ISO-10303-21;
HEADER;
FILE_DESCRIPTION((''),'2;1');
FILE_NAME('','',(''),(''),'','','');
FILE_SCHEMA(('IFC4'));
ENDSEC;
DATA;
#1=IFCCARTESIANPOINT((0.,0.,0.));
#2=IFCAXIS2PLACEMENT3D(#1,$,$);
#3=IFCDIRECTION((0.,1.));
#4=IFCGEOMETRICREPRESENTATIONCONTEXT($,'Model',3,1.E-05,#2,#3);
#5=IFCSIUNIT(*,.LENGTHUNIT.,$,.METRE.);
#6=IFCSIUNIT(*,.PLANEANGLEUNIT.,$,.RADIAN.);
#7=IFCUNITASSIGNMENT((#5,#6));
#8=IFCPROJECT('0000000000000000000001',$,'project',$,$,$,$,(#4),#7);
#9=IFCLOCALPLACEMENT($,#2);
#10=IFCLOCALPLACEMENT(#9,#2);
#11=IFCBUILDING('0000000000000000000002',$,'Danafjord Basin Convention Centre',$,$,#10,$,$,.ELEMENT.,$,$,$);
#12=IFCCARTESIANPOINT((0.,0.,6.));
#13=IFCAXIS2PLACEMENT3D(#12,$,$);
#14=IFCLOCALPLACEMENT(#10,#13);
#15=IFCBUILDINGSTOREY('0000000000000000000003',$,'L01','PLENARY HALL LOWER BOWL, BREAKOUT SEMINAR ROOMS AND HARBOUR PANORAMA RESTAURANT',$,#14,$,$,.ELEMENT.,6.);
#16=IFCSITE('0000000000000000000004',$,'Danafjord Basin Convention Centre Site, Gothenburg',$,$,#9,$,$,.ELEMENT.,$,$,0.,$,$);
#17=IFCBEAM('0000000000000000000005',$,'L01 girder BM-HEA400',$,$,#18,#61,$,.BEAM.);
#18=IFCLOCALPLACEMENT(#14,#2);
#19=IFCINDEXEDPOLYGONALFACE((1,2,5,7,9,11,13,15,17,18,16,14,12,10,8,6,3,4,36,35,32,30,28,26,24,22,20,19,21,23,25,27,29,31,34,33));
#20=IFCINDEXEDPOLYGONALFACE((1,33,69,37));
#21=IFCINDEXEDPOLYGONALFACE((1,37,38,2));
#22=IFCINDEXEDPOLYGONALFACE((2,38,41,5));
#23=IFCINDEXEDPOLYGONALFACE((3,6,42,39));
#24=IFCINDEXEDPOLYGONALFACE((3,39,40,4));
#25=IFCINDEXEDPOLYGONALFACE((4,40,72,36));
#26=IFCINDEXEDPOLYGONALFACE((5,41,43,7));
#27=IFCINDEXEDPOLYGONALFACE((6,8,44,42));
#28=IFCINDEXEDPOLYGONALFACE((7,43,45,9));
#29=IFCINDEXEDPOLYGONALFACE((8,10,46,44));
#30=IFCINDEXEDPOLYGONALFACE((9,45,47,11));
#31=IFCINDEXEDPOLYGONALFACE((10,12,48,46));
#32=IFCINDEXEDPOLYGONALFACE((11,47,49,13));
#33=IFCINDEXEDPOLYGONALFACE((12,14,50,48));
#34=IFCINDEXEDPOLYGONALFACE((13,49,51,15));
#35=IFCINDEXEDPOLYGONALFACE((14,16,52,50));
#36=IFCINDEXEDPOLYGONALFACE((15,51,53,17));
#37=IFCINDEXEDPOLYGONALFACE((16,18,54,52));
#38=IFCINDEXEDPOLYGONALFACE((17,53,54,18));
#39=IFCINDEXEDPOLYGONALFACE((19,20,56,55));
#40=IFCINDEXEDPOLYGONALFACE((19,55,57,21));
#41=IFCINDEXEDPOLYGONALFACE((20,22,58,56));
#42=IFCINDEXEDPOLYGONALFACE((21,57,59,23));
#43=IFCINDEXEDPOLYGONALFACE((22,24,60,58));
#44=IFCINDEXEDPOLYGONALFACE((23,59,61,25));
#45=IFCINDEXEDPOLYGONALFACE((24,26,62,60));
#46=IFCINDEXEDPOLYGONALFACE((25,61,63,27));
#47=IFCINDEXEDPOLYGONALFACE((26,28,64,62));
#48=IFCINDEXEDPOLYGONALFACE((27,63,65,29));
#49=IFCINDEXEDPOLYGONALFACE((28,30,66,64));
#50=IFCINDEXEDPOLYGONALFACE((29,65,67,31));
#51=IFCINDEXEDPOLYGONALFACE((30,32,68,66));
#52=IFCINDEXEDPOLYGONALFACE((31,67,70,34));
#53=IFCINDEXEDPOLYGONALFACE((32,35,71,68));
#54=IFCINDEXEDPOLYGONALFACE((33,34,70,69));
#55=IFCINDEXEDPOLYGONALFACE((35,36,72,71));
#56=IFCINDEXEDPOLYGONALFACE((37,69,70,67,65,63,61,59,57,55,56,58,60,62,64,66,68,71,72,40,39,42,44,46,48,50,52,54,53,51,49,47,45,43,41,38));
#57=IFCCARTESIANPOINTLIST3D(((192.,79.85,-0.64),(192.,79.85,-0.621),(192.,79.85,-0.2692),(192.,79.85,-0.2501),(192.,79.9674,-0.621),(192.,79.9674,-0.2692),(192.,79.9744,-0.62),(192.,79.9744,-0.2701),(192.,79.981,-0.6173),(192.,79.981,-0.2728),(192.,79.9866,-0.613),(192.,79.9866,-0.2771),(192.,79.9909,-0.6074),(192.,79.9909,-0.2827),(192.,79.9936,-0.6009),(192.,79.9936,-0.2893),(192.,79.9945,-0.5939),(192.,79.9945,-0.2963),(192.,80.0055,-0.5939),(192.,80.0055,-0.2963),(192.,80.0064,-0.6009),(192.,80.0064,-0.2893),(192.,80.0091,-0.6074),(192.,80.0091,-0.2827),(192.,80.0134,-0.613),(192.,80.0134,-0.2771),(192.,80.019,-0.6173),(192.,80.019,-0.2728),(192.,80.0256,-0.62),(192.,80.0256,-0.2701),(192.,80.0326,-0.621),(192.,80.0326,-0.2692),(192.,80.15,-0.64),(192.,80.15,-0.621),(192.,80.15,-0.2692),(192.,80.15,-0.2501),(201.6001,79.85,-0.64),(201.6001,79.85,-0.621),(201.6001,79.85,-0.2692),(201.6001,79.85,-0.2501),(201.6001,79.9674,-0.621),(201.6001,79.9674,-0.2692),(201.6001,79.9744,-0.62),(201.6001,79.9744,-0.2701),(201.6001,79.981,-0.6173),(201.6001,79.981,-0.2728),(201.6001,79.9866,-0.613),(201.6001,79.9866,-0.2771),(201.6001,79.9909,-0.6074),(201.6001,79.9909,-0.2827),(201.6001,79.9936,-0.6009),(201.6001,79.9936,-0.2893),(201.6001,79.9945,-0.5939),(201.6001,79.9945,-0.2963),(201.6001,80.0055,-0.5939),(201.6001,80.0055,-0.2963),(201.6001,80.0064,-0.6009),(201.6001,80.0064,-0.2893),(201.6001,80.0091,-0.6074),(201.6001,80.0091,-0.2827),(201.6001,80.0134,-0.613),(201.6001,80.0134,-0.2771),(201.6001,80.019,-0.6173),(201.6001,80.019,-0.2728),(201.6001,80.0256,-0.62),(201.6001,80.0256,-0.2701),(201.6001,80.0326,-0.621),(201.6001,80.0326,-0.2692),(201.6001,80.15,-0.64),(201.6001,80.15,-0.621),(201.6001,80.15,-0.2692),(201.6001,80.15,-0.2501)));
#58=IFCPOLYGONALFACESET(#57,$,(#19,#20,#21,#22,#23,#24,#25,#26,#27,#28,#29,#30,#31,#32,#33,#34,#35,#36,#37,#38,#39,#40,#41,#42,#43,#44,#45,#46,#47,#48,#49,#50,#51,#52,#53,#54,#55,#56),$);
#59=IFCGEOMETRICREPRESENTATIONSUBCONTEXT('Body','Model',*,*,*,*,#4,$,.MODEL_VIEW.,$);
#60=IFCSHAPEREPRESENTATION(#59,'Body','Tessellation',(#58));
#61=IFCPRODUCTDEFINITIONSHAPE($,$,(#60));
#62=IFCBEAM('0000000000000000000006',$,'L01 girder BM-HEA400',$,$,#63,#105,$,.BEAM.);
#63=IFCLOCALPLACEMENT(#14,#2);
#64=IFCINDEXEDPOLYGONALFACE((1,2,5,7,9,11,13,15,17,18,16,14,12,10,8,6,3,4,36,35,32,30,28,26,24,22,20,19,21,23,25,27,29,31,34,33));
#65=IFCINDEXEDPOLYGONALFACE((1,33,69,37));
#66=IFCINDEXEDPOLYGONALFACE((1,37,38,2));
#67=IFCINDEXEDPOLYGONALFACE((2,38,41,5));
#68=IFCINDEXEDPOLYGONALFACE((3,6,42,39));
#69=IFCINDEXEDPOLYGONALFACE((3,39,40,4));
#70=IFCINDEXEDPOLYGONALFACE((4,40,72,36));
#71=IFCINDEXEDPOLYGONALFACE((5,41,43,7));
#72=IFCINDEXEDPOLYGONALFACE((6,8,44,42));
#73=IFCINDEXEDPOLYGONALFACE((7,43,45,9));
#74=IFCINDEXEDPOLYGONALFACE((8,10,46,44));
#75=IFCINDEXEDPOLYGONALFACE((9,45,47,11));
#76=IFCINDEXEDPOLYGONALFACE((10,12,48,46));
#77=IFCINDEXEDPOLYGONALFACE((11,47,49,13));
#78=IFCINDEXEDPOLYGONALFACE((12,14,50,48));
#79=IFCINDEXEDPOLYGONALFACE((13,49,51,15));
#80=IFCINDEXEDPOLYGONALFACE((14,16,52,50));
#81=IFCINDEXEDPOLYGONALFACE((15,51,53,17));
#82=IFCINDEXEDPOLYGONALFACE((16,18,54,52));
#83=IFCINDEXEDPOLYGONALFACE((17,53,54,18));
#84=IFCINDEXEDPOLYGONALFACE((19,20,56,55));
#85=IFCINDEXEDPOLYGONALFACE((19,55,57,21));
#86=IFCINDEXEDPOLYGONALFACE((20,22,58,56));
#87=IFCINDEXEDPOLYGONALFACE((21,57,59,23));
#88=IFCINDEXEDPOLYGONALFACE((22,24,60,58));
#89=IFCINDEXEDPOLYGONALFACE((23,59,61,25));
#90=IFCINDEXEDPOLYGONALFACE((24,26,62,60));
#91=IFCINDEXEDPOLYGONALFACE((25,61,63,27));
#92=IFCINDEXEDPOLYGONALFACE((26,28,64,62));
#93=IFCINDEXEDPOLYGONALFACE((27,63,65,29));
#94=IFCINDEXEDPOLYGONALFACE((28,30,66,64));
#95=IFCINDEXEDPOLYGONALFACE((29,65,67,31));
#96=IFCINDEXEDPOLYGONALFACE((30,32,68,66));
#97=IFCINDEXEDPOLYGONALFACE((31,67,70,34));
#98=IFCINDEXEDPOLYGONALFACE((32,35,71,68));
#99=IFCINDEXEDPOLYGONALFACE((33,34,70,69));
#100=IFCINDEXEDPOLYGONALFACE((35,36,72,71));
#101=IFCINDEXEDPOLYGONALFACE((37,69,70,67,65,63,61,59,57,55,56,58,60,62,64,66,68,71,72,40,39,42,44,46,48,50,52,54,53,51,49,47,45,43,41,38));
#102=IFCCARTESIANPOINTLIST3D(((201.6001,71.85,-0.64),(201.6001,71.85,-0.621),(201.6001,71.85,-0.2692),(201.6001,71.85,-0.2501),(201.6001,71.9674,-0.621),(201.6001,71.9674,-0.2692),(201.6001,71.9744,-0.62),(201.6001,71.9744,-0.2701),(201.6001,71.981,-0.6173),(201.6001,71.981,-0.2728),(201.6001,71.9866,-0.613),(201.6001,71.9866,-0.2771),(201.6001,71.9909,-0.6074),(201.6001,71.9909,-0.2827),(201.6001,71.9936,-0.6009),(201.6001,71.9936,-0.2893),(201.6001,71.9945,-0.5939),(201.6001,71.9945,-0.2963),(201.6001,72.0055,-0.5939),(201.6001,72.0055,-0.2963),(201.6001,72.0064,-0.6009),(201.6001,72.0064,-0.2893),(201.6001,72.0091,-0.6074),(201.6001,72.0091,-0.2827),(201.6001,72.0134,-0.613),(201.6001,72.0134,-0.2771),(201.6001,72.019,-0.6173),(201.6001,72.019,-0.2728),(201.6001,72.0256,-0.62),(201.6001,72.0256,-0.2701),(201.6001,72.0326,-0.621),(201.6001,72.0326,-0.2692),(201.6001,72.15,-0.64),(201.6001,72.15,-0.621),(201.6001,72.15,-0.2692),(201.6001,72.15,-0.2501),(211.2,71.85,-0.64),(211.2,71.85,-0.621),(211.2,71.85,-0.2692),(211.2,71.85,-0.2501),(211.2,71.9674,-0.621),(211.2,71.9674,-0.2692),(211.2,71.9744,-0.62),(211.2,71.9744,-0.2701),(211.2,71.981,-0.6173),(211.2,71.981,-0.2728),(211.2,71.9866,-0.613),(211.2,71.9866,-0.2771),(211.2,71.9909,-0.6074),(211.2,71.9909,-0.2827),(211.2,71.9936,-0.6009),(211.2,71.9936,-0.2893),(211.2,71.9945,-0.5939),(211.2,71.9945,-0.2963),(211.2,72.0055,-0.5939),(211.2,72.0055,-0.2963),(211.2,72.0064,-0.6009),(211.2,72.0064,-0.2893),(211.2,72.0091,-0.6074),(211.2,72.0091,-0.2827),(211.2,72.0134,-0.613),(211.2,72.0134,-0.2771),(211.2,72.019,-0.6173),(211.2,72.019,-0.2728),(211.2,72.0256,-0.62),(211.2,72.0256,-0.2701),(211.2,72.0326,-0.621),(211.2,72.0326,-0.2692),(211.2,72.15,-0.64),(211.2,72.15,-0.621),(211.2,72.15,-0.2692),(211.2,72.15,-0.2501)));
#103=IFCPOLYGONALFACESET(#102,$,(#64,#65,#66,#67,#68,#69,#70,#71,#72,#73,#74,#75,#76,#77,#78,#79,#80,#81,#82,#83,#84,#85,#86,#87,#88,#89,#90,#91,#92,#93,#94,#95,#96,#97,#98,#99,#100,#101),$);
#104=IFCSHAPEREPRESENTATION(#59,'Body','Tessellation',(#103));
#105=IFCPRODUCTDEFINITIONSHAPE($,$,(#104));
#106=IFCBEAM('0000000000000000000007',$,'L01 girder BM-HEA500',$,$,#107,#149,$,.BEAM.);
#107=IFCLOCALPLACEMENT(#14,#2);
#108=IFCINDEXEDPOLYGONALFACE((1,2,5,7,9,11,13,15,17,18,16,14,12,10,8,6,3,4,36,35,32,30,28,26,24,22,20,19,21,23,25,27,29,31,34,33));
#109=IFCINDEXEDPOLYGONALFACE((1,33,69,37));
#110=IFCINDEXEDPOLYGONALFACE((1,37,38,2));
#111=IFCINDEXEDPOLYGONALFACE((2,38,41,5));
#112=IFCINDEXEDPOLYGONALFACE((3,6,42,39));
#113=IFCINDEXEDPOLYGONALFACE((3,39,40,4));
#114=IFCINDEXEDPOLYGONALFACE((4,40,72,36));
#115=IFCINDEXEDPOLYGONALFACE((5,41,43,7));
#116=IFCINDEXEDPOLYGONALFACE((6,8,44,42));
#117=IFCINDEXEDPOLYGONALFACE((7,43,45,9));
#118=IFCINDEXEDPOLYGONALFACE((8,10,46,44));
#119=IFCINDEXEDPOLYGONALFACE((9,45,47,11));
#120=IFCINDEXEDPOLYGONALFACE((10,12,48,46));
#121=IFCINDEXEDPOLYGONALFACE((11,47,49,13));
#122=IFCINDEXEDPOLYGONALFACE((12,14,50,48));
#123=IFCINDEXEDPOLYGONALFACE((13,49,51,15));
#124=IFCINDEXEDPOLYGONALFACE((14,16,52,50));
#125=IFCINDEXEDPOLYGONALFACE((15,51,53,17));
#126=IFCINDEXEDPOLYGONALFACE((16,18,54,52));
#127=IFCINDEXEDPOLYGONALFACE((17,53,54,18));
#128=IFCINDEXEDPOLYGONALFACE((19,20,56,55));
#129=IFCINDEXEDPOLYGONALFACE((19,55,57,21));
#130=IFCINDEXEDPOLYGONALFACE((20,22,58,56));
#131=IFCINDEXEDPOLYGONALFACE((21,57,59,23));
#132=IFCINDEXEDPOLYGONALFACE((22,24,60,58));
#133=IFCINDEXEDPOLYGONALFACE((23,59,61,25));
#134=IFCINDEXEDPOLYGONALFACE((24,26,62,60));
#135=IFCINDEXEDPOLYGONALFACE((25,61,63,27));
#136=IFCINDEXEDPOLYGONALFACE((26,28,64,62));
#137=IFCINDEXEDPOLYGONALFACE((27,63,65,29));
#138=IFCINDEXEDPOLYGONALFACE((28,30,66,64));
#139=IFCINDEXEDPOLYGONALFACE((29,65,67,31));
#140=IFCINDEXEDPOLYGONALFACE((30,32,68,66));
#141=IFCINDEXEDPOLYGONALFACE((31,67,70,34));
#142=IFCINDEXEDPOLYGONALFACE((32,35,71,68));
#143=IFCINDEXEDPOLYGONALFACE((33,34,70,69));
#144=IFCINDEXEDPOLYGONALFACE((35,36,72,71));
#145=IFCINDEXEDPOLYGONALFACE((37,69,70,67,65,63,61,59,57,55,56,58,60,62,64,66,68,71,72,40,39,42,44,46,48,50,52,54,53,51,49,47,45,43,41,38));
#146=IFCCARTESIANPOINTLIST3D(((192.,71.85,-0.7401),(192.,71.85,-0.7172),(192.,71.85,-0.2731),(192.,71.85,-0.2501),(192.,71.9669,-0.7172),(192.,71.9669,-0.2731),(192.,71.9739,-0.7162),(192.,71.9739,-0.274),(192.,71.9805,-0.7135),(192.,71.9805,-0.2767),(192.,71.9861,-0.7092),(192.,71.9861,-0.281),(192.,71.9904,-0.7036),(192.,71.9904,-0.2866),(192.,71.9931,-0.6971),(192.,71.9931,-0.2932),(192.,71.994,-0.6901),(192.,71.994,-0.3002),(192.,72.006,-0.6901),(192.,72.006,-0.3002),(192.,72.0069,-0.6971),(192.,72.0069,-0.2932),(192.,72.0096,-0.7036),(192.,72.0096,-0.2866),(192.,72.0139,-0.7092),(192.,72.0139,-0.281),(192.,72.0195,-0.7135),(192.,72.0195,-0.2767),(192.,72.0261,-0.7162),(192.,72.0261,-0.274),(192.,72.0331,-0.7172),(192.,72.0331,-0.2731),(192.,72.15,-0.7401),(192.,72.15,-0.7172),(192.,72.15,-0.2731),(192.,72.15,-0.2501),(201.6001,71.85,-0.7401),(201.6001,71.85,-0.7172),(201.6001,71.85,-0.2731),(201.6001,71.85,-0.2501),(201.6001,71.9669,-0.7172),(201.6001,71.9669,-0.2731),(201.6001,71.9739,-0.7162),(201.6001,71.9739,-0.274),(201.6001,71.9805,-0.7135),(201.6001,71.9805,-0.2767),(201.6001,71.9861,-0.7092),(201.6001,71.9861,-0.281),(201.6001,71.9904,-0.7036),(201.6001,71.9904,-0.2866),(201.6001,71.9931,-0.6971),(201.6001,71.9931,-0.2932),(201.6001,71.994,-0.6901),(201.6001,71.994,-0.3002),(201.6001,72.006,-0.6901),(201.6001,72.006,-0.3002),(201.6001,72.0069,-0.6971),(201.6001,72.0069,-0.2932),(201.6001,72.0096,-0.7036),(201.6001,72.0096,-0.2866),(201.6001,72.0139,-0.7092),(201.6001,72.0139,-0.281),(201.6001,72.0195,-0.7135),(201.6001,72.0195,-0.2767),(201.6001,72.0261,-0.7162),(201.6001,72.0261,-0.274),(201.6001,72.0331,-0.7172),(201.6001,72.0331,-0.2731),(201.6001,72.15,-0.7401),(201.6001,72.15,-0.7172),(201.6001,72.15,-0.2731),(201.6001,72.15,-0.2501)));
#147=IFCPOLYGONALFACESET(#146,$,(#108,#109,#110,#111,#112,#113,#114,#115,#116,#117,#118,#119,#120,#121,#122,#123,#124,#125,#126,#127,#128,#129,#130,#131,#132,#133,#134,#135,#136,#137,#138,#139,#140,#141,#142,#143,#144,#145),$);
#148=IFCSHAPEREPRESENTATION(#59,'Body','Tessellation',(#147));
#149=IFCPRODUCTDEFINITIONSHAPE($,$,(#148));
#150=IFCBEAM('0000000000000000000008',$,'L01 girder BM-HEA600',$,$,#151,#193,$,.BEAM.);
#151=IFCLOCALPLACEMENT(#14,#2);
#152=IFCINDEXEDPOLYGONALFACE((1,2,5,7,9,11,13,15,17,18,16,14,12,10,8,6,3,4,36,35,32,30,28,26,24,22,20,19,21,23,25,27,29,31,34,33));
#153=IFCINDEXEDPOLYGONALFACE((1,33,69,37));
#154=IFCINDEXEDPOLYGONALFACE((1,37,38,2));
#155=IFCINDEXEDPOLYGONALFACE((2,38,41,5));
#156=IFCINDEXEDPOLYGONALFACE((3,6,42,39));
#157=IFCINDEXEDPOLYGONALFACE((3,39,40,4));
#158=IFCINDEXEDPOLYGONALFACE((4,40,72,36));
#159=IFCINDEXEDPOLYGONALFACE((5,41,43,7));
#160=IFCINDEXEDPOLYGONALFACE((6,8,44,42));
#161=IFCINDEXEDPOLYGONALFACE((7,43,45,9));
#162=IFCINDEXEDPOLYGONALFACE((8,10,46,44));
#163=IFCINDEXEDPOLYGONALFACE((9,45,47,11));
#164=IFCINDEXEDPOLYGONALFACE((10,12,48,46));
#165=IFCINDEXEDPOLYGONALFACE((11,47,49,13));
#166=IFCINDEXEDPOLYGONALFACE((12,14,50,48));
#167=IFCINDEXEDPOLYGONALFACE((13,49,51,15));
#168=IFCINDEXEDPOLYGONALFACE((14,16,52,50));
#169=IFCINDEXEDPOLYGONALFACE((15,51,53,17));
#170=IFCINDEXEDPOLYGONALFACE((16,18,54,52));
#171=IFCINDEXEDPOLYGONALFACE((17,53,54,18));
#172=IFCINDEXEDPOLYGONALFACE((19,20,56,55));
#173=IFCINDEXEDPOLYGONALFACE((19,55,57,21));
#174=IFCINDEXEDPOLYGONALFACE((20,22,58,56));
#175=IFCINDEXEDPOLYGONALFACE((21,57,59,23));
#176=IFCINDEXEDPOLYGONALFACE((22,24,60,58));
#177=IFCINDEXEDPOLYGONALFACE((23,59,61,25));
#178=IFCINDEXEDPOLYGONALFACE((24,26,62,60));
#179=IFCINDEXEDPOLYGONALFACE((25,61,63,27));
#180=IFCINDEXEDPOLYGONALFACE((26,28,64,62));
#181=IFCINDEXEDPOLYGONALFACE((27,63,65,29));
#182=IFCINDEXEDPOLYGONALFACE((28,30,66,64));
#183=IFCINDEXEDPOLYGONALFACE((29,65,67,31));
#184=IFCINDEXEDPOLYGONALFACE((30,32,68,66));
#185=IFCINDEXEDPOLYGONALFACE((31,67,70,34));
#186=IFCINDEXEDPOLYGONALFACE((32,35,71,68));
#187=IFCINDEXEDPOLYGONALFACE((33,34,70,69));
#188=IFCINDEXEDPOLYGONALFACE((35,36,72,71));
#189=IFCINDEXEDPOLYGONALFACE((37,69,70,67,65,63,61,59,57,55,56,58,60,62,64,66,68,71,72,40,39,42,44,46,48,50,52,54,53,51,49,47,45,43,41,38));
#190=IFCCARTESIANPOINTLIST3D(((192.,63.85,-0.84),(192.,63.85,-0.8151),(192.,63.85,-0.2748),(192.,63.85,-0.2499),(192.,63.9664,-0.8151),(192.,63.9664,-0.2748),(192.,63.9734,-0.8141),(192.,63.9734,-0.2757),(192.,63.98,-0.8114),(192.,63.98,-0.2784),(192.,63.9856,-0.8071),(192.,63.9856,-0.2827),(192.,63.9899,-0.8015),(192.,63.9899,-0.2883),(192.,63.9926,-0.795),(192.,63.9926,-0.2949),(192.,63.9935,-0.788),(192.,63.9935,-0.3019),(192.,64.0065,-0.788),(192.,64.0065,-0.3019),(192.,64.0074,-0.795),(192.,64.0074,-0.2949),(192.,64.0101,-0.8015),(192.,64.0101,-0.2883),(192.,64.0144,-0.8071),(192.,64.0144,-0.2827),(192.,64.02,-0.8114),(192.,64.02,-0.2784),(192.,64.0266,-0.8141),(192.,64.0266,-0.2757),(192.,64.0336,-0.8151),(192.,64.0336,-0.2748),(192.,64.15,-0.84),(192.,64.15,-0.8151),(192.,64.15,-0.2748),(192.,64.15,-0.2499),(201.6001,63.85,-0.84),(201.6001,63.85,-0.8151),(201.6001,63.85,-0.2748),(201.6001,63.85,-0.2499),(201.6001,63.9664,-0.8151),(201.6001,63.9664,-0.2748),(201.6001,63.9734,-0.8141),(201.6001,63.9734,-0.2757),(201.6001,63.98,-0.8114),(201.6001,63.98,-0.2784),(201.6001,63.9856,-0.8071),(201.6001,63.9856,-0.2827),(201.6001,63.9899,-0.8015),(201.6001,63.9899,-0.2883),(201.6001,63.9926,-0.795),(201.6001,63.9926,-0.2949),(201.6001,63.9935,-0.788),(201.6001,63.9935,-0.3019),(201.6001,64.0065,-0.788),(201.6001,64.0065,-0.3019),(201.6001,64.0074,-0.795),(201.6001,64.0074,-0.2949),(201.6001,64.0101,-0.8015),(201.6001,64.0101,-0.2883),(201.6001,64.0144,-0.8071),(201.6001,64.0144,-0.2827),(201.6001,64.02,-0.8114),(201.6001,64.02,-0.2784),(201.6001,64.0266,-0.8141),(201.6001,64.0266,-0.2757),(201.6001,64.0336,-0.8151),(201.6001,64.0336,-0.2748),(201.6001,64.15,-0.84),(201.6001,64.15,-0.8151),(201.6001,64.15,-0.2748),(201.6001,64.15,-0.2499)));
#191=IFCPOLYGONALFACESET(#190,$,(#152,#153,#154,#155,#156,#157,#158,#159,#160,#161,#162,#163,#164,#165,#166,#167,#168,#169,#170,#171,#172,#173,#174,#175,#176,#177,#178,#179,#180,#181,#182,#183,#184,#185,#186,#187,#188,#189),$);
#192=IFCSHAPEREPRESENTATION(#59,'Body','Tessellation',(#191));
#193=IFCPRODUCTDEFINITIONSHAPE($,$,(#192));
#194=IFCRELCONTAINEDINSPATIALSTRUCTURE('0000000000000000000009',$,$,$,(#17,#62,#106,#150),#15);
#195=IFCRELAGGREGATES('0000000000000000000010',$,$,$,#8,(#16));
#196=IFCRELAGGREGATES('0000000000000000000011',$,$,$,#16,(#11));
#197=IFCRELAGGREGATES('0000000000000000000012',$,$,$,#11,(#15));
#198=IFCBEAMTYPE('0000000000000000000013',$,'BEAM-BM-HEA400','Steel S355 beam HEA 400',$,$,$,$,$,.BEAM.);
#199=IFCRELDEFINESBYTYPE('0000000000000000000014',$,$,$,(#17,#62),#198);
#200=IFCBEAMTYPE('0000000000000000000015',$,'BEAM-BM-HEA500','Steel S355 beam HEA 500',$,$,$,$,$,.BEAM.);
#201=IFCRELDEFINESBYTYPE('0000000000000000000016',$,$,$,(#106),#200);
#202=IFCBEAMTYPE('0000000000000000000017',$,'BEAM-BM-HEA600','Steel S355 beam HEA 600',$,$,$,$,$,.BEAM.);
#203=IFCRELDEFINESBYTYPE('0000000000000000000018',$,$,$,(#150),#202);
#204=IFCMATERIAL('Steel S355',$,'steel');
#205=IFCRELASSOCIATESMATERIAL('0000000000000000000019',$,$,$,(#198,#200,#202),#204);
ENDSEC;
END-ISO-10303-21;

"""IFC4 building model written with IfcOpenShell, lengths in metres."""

from ifc_helpers import new_model, si_unit, direction, frame, origin, origin_2d, place, context, subcontext, project, spatial, i_section, extrude, material, material_profile, profile_set, type_object, element, save


model = new_model("IFC4")

# Units and contexts
model_context = context("Model", 3, precision=1e-05, world=origin(), true_north=direction((0.0, 1.0)))
body_context = subcontext(model_context, "Body", "Model", "MODEL_VIEW")
ifc_project = project(units=[si_unit("LENGTHUNIT", "METRE"), si_unit("PLANEANGLEUNIT", "RADIAN")], contexts=[model_context])

# Site, building, storey
site_placement = place(None, origin())
site = spatial("IfcSite", under=ifc_project, at=site_placement, Name="Danafjord Basin Convention Centre Site, Gothenburg", CompositionType="ELEMENT", RefElevation=0.0)
building_placement = place(site_placement, origin())
building = spatial("IfcBuilding", under=site, at=building_placement, Name="Danafjord Basin Convention Centre", CompositionType="ELEMENT")
storey_placement = place(building_placement, frame((0.0, 0.0, 6.0)))
storey = spatial("IfcBuildingStorey", under=building, at=storey_placement, Name="L01", Description="PLENARY HALL LOWER BOWL, BREAKOUT SEMINAR ROOMS AND HARBOUR PANORAMA RESTAURANT", CompositionType="ELEMENT", Elevation=6.0)

# Shared definitions
ifc_material_1 = material(Name="Steel S355", Category="steel")

# Beams
ifc_material_profile_1 = material_profile(ifc_material_1, i_section(OverallWidth=0.3, OverallDepth=0.3899, WebThickness=0.011, FlangeThickness=0.019, FilletRadius=0.0271, at=origin_2d()), Name="HEA 400")
ifc_profile_set_1 = profile_set([ifc_material_profile_1], Name="Steel S355")
beam_type_1 = type_object("IfcBeamType", Name="BEAM-BM-HEA400", Description="Steel S355 beam HEA 400", PredefinedType="BEAM", material=ifc_profile_set_1)
beam_1_placement = place(storey_placement, frame((192.0, 80.0, -0.4451), z_axis=(1.0, 0.0, 0.0), x_axis=(0.0, 1.0, 0.0)))
element("IfcBeam", 1, at=beam_1_placement, inside=storey, type_object=beam_type_1, Name="L01 girder BM-HEA400", PredefinedType="BEAM", context=body_context, shape_type="SweptSolid", body=[
    extrude(i_section(OverallWidth=0.3, OverallDepth=0.3899, WebThickness=0.011, FlangeThickness=0.019, FilletRadius=0.0271, at=origin_2d()), origin(), (0.0, 0.0, 1.0), 9.6001),
])
beam_2_placement = place(storey_placement, frame((201.6001, 72.0, -0.4451), z_axis=(1.0, 0.0, 0.0), x_axis=(0.0, 1.0, 0.0)))
element("IfcBeam", 2, at=beam_2_placement, inside=storey, type_object=beam_type_1, Name="L01 girder BM-HEA400", PredefinedType="BEAM", context=body_context, shape_type="SweptSolid", body=[
    extrude(i_section(OverallWidth=0.3, OverallDepth=0.3899, WebThickness=0.011, FlangeThickness=0.019, FilletRadius=0.0271, at=origin_2d()), origin(), (0.0, 0.0, 1.0), 9.5999),
])
ifc_material_profile_2 = material_profile(ifc_material_1, i_section(OverallWidth=0.3, OverallDepth=0.49, WebThickness=0.012, FlangeThickness=0.0229, FilletRadius=0.0271, at=origin_2d()), Name="HEA 500")
ifc_profile_set_2 = profile_set([ifc_material_profile_2], Name="Steel S355")
beam_type_2 = type_object("IfcBeamType", Name="BEAM-BM-HEA500", Description="Steel S355 beam HEA 500", PredefinedType="BEAM", material=ifc_profile_set_2)
beam_3_placement = place(storey_placement, frame((192.0, 72.0, -0.4951), z_axis=(1.0, 0.0, 0.0), x_axis=(0.0, 1.0, 0.0)))
element("IfcBeam", 3, at=beam_3_placement, inside=storey, type_object=beam_type_2, Name="L01 girder BM-HEA500", PredefinedType="BEAM", context=body_context, shape_type="SweptSolid", body=[
    extrude(i_section(OverallWidth=0.3, OverallDepth=0.49, WebThickness=0.012, FlangeThickness=0.0229, FilletRadius=0.0271, at=origin_2d()), origin(), (0.0, 0.0, 1.0), 9.6001),
])
ifc_material_profile_3 = material_profile(ifc_material_1, i_section(OverallWidth=0.3, OverallDepth=0.5901, WebThickness=0.0129, FlangeThickness=0.0249, FilletRadius=0.0271, at=origin_2d()), Name="HEA 600")
ifc_profile_set_3 = profile_set([ifc_material_profile_3], Name="Steel S355")
beam_type_3 = type_object("IfcBeamType", Name="BEAM-BM-HEA600", Description="Steel S355 beam HEA 600", PredefinedType="BEAM", material=ifc_profile_set_3)
beam_4_placement = place(storey_placement, frame((192.0, 64.0, -0.5449), z_axis=(1.0, 0.0, 0.0), x_axis=(0.0, 1.0, 0.0)))
element("IfcBeam", 4, at=beam_4_placement, inside=storey, type_object=beam_type_3, Name="L01 girder BM-HEA600", PredefinedType="BEAM", context=body_context, shape_type="SweptSolid", body=[
    extrude(i_section(OverallWidth=0.3, OverallDepth=0.5901, WebThickness=0.0129, FlangeThickness=0.0249, FilletRadius=0.0271, at=origin_2d()), origin(), (0.0, 0.0, 1.0), 9.6001),
])

save(model, "model.ifc")
